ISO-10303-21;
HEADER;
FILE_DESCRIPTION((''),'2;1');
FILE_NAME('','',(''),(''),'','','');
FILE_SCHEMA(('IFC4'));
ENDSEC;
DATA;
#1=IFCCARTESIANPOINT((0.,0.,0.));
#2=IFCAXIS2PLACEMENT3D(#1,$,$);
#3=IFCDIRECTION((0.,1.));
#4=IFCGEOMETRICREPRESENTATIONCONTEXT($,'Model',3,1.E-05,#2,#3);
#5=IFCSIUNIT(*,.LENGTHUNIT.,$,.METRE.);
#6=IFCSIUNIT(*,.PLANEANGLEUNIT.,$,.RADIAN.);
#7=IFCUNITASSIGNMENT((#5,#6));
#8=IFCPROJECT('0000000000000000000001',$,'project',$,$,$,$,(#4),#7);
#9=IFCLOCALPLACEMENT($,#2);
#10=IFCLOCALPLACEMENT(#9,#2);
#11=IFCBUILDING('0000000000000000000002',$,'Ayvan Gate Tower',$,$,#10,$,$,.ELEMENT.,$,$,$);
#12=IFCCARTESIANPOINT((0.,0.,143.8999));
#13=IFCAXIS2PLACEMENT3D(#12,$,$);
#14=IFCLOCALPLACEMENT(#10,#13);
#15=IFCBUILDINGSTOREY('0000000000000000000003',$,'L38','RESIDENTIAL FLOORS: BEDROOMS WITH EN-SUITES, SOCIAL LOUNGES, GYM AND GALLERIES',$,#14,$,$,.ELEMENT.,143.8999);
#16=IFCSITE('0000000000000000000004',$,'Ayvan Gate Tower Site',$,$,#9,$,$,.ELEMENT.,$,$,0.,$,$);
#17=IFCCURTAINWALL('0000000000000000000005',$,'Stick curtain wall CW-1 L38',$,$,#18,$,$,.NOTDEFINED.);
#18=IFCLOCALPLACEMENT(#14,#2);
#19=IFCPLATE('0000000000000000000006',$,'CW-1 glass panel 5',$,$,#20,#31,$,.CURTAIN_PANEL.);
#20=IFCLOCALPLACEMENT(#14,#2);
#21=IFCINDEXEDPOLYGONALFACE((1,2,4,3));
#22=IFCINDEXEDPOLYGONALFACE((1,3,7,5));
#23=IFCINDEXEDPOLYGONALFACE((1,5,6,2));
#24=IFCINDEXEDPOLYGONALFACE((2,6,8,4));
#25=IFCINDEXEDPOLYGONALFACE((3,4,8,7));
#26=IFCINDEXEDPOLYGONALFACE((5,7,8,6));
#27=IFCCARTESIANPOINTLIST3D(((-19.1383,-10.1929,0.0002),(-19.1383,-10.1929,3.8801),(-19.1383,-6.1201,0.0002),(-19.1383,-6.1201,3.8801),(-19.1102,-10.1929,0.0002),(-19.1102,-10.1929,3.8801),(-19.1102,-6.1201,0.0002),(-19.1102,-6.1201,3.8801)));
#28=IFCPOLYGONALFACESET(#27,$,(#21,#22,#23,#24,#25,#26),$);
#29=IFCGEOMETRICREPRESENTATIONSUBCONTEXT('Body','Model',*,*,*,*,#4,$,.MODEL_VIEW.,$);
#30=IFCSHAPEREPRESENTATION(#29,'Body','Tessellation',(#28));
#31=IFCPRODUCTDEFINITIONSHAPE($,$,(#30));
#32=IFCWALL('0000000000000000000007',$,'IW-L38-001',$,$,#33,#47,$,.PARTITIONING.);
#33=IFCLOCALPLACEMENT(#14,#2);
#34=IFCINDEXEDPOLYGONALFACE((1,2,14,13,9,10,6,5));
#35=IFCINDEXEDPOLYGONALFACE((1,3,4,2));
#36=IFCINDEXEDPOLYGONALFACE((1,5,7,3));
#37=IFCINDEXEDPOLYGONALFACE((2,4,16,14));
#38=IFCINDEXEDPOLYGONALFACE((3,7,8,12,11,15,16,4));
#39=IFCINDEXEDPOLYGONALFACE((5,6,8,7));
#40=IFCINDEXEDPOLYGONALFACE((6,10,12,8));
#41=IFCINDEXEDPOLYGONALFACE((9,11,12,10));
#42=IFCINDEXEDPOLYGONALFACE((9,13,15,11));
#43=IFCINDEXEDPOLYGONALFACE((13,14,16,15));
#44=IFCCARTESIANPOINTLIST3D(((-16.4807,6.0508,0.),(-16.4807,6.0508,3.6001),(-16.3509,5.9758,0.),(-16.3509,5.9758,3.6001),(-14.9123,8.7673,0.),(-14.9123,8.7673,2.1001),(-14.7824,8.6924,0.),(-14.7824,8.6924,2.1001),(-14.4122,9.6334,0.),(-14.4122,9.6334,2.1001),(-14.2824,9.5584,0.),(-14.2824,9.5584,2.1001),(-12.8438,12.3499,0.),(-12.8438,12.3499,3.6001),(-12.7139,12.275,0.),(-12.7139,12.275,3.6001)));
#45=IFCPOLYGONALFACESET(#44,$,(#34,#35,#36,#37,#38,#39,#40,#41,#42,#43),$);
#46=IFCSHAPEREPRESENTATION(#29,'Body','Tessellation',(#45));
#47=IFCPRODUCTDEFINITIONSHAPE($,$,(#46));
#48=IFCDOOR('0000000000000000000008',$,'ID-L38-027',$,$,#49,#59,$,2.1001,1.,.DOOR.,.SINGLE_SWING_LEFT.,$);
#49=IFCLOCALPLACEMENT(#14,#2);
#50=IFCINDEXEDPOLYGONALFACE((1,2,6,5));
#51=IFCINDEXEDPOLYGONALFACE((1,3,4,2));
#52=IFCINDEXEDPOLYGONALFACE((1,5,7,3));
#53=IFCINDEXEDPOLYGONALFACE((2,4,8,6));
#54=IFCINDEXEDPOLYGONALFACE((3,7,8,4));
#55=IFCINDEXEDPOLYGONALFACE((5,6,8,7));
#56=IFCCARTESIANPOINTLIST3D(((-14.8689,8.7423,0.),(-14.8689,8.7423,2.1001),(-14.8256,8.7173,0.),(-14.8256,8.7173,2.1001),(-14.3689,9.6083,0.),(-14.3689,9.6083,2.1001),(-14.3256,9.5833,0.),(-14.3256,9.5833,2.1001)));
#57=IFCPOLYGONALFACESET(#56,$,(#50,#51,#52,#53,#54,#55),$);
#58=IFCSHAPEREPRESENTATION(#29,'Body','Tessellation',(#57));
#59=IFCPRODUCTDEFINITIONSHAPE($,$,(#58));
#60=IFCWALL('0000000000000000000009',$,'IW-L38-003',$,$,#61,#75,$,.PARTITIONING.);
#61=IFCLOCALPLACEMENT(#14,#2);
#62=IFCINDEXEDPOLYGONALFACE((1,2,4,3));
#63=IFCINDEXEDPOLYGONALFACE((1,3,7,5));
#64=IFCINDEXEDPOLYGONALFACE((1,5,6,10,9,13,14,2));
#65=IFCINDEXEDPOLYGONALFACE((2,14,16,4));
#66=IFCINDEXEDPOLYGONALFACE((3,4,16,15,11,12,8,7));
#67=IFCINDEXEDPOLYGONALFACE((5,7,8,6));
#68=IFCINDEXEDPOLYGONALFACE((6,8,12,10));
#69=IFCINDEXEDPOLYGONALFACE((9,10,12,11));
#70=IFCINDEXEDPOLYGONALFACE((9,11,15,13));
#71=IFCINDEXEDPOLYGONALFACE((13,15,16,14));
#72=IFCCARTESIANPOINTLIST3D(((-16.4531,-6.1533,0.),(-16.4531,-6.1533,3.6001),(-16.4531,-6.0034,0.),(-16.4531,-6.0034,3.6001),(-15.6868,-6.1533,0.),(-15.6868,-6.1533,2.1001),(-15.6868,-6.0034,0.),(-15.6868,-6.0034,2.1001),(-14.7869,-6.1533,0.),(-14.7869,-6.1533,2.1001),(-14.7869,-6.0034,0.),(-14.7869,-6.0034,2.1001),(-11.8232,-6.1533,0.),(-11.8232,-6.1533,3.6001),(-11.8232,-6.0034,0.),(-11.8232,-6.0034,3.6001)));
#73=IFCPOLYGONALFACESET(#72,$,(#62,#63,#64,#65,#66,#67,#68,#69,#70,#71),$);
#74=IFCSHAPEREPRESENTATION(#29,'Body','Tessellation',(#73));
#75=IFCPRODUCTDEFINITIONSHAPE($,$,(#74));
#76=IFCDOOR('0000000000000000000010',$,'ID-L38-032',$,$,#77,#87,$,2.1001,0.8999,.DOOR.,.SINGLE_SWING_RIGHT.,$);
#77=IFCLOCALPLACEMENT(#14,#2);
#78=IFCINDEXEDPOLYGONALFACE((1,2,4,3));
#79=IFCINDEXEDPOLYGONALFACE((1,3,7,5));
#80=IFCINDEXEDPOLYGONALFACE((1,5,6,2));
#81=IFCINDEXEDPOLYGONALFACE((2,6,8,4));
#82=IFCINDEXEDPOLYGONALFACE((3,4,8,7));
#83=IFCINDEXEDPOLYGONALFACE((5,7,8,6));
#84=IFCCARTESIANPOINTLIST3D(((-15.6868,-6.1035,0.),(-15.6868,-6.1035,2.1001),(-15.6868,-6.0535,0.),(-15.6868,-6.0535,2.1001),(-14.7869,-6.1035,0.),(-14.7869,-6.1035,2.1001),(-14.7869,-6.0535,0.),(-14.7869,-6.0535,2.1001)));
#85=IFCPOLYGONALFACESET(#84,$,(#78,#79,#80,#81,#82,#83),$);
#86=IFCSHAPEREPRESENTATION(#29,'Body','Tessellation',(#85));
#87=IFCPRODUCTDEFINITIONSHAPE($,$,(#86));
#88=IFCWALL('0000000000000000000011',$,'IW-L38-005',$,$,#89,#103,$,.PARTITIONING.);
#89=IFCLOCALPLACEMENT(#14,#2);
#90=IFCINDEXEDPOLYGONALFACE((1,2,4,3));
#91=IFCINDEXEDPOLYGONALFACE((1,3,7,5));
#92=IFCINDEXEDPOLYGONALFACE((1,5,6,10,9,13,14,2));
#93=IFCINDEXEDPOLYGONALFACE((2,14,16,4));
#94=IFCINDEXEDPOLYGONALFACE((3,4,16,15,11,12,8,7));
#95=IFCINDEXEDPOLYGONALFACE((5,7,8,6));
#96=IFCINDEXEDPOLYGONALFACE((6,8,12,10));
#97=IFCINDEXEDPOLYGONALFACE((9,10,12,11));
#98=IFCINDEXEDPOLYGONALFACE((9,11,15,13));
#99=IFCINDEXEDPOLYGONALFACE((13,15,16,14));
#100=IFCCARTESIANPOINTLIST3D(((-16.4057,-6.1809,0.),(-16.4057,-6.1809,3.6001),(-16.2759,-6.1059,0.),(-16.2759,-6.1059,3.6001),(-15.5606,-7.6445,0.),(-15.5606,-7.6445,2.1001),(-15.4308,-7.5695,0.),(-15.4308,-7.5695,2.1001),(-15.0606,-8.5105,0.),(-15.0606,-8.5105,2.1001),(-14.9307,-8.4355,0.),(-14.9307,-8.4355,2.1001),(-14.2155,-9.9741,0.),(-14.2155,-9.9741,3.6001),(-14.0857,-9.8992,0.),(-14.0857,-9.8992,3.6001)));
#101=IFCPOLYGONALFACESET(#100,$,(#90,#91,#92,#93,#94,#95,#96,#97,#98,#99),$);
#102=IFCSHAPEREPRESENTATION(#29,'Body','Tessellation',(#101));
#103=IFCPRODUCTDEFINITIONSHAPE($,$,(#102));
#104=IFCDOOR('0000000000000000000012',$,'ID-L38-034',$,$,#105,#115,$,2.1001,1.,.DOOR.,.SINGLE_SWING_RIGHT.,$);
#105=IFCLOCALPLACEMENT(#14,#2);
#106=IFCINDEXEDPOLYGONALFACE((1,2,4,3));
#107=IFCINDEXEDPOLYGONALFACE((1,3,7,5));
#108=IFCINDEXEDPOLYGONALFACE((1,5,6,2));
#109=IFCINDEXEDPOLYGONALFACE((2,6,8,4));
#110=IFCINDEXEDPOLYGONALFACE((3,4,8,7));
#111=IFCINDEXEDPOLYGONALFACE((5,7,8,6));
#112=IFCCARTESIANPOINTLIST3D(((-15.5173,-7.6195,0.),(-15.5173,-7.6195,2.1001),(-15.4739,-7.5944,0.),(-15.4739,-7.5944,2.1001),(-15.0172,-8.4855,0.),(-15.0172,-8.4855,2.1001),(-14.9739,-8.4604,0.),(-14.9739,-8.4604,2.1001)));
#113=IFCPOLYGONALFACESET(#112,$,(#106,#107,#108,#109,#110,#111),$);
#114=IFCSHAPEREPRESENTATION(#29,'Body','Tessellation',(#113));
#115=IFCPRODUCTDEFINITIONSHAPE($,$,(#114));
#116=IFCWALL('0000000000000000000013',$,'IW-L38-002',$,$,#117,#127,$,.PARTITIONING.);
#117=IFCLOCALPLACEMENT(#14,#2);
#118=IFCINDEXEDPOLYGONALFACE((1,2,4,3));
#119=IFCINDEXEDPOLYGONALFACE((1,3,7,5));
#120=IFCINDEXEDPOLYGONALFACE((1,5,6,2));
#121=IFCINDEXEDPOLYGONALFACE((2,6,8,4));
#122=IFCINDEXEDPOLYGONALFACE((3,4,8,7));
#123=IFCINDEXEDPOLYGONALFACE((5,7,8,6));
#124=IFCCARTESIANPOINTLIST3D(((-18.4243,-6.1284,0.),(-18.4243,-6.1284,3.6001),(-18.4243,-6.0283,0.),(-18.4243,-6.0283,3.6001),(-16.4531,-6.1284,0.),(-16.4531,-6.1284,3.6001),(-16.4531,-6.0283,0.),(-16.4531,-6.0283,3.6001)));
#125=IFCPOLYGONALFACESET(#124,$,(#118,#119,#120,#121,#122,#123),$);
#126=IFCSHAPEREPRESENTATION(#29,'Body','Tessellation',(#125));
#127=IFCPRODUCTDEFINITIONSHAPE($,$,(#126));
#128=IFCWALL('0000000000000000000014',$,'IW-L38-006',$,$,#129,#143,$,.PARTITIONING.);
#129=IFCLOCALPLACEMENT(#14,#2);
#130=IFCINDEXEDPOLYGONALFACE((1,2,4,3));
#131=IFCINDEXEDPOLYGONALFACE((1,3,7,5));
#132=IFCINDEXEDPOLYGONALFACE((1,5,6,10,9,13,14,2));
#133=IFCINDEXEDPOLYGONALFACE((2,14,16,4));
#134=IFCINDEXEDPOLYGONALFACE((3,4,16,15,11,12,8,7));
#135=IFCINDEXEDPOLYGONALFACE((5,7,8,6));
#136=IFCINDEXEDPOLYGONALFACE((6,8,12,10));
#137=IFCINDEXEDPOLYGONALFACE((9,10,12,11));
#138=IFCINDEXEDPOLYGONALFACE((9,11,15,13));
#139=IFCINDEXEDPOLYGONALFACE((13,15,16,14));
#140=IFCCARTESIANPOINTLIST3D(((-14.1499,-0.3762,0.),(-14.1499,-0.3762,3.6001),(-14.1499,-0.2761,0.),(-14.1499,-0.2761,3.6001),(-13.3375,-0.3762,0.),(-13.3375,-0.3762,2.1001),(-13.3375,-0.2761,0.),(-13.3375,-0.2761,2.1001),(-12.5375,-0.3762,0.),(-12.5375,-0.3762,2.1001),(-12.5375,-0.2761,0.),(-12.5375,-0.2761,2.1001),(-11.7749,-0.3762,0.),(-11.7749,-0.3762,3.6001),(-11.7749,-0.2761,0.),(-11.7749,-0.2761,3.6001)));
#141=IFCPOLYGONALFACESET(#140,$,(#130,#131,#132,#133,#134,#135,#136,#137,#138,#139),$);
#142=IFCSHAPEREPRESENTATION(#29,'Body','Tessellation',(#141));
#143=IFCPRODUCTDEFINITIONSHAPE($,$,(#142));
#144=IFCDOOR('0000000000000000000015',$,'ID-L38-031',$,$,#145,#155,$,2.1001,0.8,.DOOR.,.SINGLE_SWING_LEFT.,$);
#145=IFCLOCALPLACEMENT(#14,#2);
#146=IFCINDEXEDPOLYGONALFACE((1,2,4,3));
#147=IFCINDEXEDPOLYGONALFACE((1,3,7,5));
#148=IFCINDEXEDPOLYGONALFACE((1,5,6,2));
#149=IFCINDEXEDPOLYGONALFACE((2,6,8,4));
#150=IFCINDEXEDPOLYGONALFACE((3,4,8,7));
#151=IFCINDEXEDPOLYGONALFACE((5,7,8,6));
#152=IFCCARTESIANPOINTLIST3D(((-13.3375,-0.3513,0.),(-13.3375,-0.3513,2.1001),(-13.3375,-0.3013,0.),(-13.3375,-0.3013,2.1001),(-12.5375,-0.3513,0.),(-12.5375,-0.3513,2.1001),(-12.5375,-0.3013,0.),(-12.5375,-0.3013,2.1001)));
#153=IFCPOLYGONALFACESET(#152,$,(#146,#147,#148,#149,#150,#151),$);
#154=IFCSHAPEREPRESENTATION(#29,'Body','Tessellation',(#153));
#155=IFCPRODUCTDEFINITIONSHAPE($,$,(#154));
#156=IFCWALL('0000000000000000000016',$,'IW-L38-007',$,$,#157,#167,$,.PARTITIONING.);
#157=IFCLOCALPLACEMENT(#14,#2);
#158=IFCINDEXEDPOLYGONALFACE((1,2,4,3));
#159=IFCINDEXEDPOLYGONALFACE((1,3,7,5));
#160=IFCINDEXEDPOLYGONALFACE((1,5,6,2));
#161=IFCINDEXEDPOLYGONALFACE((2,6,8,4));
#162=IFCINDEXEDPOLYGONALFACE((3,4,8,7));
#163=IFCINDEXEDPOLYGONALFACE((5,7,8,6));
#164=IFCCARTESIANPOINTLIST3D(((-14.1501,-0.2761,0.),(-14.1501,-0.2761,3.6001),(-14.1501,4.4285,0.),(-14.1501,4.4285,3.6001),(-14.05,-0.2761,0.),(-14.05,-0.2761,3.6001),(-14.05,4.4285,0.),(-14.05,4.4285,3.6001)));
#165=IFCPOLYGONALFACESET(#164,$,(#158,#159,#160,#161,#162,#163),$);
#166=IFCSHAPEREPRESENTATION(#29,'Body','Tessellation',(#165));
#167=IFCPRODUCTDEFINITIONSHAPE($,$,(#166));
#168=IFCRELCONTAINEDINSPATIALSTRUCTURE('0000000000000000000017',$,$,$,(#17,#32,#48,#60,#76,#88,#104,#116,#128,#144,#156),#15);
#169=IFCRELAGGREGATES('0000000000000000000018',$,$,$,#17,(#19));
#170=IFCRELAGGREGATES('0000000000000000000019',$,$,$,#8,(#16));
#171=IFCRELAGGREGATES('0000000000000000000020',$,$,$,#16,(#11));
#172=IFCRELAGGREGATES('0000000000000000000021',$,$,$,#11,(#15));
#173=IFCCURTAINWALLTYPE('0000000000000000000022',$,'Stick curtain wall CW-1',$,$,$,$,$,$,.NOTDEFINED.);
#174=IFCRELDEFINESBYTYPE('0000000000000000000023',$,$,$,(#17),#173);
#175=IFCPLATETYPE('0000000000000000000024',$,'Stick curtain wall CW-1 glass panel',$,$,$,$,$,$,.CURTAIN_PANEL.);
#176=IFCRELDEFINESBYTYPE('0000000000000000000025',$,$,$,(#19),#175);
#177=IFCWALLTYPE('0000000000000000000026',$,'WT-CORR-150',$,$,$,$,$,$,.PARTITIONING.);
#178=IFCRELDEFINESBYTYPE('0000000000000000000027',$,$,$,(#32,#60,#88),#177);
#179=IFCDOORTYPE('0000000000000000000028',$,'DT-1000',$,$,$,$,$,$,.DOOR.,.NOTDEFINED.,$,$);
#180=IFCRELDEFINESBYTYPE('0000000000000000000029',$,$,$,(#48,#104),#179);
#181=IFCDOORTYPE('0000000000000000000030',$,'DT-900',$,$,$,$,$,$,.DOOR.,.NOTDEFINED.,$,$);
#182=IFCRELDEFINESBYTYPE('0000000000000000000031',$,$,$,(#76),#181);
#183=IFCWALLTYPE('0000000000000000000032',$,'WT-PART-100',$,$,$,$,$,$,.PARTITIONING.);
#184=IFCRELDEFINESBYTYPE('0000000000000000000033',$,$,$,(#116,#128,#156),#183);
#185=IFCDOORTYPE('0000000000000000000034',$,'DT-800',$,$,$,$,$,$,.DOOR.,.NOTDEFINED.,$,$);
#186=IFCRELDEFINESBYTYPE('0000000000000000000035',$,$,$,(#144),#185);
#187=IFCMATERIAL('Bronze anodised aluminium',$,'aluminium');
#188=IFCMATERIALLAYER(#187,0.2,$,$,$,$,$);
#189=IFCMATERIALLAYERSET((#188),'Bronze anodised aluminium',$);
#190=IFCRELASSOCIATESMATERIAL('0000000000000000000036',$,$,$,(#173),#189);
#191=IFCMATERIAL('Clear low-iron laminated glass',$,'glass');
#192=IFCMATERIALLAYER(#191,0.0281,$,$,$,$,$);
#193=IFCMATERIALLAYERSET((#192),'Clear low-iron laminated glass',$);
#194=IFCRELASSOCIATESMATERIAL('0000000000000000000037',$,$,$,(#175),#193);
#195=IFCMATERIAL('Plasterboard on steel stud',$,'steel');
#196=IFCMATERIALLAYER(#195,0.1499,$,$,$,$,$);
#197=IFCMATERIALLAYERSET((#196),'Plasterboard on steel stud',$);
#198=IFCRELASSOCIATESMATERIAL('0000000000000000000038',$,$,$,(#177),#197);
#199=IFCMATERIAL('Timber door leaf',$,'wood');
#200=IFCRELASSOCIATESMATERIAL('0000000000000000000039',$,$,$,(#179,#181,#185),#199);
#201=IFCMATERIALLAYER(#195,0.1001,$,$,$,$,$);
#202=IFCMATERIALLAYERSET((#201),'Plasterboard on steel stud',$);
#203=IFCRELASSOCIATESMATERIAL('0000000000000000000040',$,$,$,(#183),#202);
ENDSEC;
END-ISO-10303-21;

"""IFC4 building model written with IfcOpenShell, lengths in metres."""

from ifc_helpers import new_model, si_unit, direction, frame, frame_2d, origin, origin_2d, place, context, subcontext, project, spatial, rectangle, extrude, material, layer, layer_set, type_object, element, fill, aggregate, save


model = new_model("IFC4")

# Units and contexts
model_context = context("Model", 3, precision=1e-05, world=origin(), true_north=direction((0.0, 1.0)))
body_context = subcontext(model_context, "Body", "Model", "MODEL_VIEW")
ifc_project = project(units=[si_unit("LENGTHUNIT", "METRE"), si_unit("PLANEANGLEUNIT", "RADIAN")], contexts=[model_context])

# Site, building, storey
site_placement = place(None, origin())
site = spatial("IfcSite", under=ifc_project, at=site_placement, Name="Ayvan Gate Tower Site", CompositionType="ELEMENT", RefElevation=0.0)
building_placement = place(site_placement, origin())
building = spatial("IfcBuilding", under=site, at=building_placement, Name="Ayvan Gate Tower", CompositionType="ELEMENT")
storey_placement = place(building_placement, frame((0.0, 0.0, 143.8999)))
storey = spatial("IfcBuildingStorey", under=building, at=storey_placement, Name="L38", Description="RESIDENTIAL FLOORS: BEDROOMS WITH EN-SUITES, SOCIAL LOUNGES, GYM AND GALLERIES", CompositionType="ELEMENT", Elevation=143.8999)

# Curtain wall
ifc_material_1 = material(Name="Bronze anodised aluminium", Category="aluminium")
ifc_layer_1 = layer(ifc_material_1, 0.2)
ifc_layer_set_1 = layer_set([ifc_layer_1], Name="Bronze anodised aluminium")
curtain_wall_type_1 = type_object("IfcCurtainWallType", Name="Stick curtain wall CW-1", PredefinedType="NOTDEFINED", material=ifc_layer_set_1)
curtain_wall_1_placement = place(storey_placement, origin())
curtain_wall_1 = element("IfcCurtainWall", 1, at=curtain_wall_1_placement, inside=storey, type_object=curtain_wall_type_1, Name="Stick curtain wall CW-1 L38", PredefinedType="NOTDEFINED")

# Plate
ifc_material_2 = material(Name="Clear low-iron laminated glass", Category="glass")
ifc_layer_2 = layer(ifc_material_2, 0.0281)
ifc_layer_set_2 = layer_set([ifc_layer_2], Name="Clear low-iron laminated glass")
plate_type = type_object("IfcPlateType", Name="Stick curtain wall CW-1 glass panel", PredefinedType="CURTAIN_PANEL", material=ifc_layer_set_2)
plate_1_placement = place(storey_placement, frame((-19.1243, -8.1565, 0.0002), z_axis=(0.0, 0.0, 1.0), x_axis=(0.0, -1.0, 0.0)))
plate_1 = element("IfcPlate", 2, at=plate_1_placement, type_object=plate_type, Name="CW-1 glass panel 5", PredefinedType="CURTAIN_PANEL", context=body_context, shape_type="SweptSolid", body=[
    extrude(rectangle(XDim=4.0728, YDim=0.0281, at=origin_2d()), origin(), (0.0, 0.0, 1.0), 3.8799),
])
aggregate(curtain_wall_1, [plate_1])

# Walls, openings, doors
ifc_material_3 = material(Name="Plasterboard on steel stud", Category="steel")
ifc_layer_3 = layer(ifc_material_3, 0.1499)
ifc_layer_set_3 = layer_set([ifc_layer_3], Name="Plasterboard on steel stud")
wall_type_1 = type_object("IfcWallType", Name="WT-CORR-150", PredefinedType="PARTITIONING", material=ifc_layer_set_3)
wall_1_placement = place(storey_placement, frame((-16.4158, 6.0134, 0.0), z_axis=(0.0, 0.0, 1.0), x_axis=(0.50002, 0.866014, 0.0)))
wall_1 = element("IfcWall", 3, at=wall_1_placement, inside=storey, type_object=wall_type_1, Name="IW-L38-001", PredefinedType="PARTITIONING", context=body_context, shape_type="SweptSolid", body=[
    extrude(rectangle(XDim=7.2737, YDim=0.1499, at=frame_2d((3.6367, 0.0))), origin(), (0.0, 0.0, 1.0), 3.6001),
])
opening_1_placement = place(wall_1_placement, frame((3.1367, 0.0, 0.0)))
opening_1 = element("IfcOpeningElement", 4, at=opening_1_placement, cuts=wall_1, PredefinedType="OPENING", context=body_context, shape_type="SweptSolid", body=[
    extrude(rectangle(XDim=1.0, YDim=2.1001, at=frame_2d((0.5, 1.05))), frame((0.0, 0.085, 0.0), z_axis=(0.0, -1.0, 0.0), x_axis=(1.0, 0.0, 0.0)), (0.0, 0.0, 1.0), 0.1699),
])
ifc_material_4 = material(Name="Timber door leaf", Category="wood")
door_type_1 = type_object("IfcDoorType", Name="DT-1000", OperationType="NOTDEFINED", PredefinedType="DOOR", material=ifc_material_4)
door_1_placement = place(opening_1_placement, origin())
door_1 = element("IfcDoor", 5, at=door_1_placement, inside=storey, type_object=door_type_1, Name="ID-L38-027", OperationType="SINGLE_SWING_LEFT", OverallHeight=2.1001, OverallWidth=1.0, PredefinedType="DOOR", context=body_context, shape_type="SweptSolid", body=[
    extrude(rectangle(XDim=1.0, YDim=2.1001, at=frame_2d((0.5, 1.05))), frame((0.0, 0.0249, 0.0), z_axis=(0.0, -1.0, 0.0), x_axis=(1.0, 0.0, 0.0)), (0.0, 0.0, 1.0), 0.05),
])
fill(opening_1, door_1)
wall_2_placement = place(storey_placement, frame((-16.4531, -6.0784, 0.0), z_axis=(0.0, 0.0, 1.0), x_axis=(1.0, 0.0, 0.0)))
wall_2 = element("IfcWall", 6, at=wall_2_placement, inside=storey, type_object=wall_type_1, Name="IW-L38-003", PredefinedType="PARTITIONING", context=body_context, shape_type="SweptSolid", body=[
    extrude(rectangle(XDim=4.6299, YDim=0.1499, at=frame_2d((2.3149, 0.0))), origin(), (0.0, 0.0, 1.0), 3.6001),
])
opening_2_placement = place(wall_2_placement, frame((0.7664, 0.0, 0.0)))
opening_2 = element("IfcOpeningElement", 7, at=opening_2_placement, cuts=wall_2, PredefinedType="OPENING", context=body_context, shape_type="SweptSolid", body=[
    extrude(rectangle(XDim=0.8999, YDim=2.1001, at=frame_2d((0.45, 1.05))), frame((0.0, 0.085, 0.0), z_axis=(0.0, -1.0, 0.0), x_axis=(1.0, 0.0, 0.0)), (0.0, 0.0, 1.0), 0.1699),
])
door_type_2 = type_object("IfcDoorType", Name="DT-900", OperationType="NOTDEFINED", PredefinedType="DOOR", material=ifc_material_4)
door_2_placement = place(opening_2_placement, origin())
door_2 = element("IfcDoor", 8, at=door_2_placement, inside=storey, type_object=door_type_2, Name="ID-L38-032", OperationType="SINGLE_SWING_RIGHT", OverallHeight=2.1001, OverallWidth=0.8999, PredefinedType="DOOR", context=body_context, shape_type="SweptSolid", body=[
    extrude(rectangle(XDim=0.8999, YDim=2.1001, at=frame_2d((0.45, 1.05))), frame((0.0, 0.0249, 0.0), z_axis=(0.0, -1.0, 0.0), x_axis=(1.0, 0.0, 0.0)), (0.0, 0.0, 1.0), 0.05),
])
fill(opening_2, door_2)
wall_3_placement = place(storey_placement, frame((-14.1506, -9.9365, 0.0), z_axis=(0.0, 0.0, 1.0), x_axis=(-0.50003, 0.866008, 0.0)))
wall_3 = element("IfcWall", 9, at=wall_3_placement, inside=storey, type_object=wall_type_1, Name="IW-L38-005", PredefinedType="PARTITIONING", context=body_context, shape_type="SweptSolid", body=[
    extrude(rectangle(XDim=4.3801, YDim=0.1499, at=frame_2d((2.1899, 0.0))), origin(), (0.0, 0.0, 1.0), 3.6001),
])
opening_3_placement = place(wall_3_placement, frame((1.6899, 0.0, 0.0)))
opening_3 = element("IfcOpeningElement", 10, at=opening_3_placement, cuts=wall_3, PredefinedType="OPENING", context=body_context, shape_type="SweptSolid", body=[
    extrude(rectangle(XDim=1.0, YDim=2.1001, at=frame_2d((0.5, 1.05))), frame((0.0, 0.085, 0.0), z_axis=(0.0, -1.0, 0.0), x_axis=(1.0, 0.0, 0.0)), (0.0, 0.0, 1.0), 0.1699),
])
door_3_placement = place(opening_3_placement, origin())
door_3 = element("IfcDoor", 11, at=door_3_placement, inside=storey, type_object=door_type_1, Name="ID-L38-034", OperationType="SINGLE_SWING_RIGHT", OverallHeight=2.1001, OverallWidth=1.0, PredefinedType="DOOR", context=body_context, shape_type="SweptSolid", body=[
    extrude(rectangle(XDim=1.0, YDim=2.1001, at=frame_2d((0.5, 1.05))), frame((0.0, 0.0249, 0.0), z_axis=(0.0, -1.0, 0.0), x_axis=(1.0, 0.0, 0.0)), (0.0, 0.0, 1.0), 0.05),
])
fill(opening_3, door_3)

# Wall
ifc_layer_4 = layer(ifc_material_3, 0.1001)
ifc_layer_set_4 = layer_set([ifc_layer_4], Name="Plasterboard on steel stud")
wall_type_2 = type_object("IfcWallType", Name="WT-PART-100", PredefinedType="PARTITIONING", material=ifc_layer_set_4)
wall_4_placement = place(storey_placement, frame((-16.4531, -6.0784, 0.0), z_axis=(0.0, 0.0, 1.0), x_axis=(-1.0, 0.0, 0.0)))
element("IfcWall", 12, at=wall_4_placement, inside=storey, type_object=wall_type_2, Name="IW-L38-002", PredefinedType="PARTITIONING", context=body_context, shape_type="SweptSolid", body=[
    extrude(rectangle(XDim=1.9712, YDim=0.1001, at=frame_2d((0.9856, 0.0))), origin(), (0.0, 0.0, 1.0), 3.6001),
])

# Wall, opening, door
wall_5_placement = place(storey_placement, frame((-14.1499, -0.3262, 0.0), z_axis=(0.0, 0.0, 1.0), x_axis=(1.0, 0.0, 0.0)))
wall_5 = element("IfcWall", 13, at=wall_5_placement, inside=storey, type_object=wall_type_2, Name="IW-L38-006", PredefinedType="PARTITIONING", context=body_context, shape_type="SweptSolid", body=[
    extrude(rectangle(XDim=2.375, YDim=0.1001, at=frame_2d((1.1875, 0.0))), origin(), (0.0, 0.0, 1.0), 3.6001),
])
opening_4_placement = place(wall_5_placement, frame((0.8125, 0.0, 0.0)))
opening_4 = element("IfcOpeningElement", 14, at=opening_4_placement, cuts=wall_5, PredefinedType="OPENING", context=body_context, shape_type="SweptSolid", body=[
    extrude(rectangle(XDim=0.8, YDim=2.1001, at=frame_2d((0.3999, 1.05))), frame((0.0, 0.0601, 0.0), z_axis=(0.0, -1.0, 0.0), x_axis=(1.0, 0.0, 0.0)), (0.0, 0.0, 1.0), 0.1201),
])
door_type_3 = type_object("IfcDoorType", Name="DT-800", OperationType="NOTDEFINED", PredefinedType="DOOR", material=ifc_material_4)
door_4_placement = place(opening_4_placement, origin())
door_4 = element("IfcDoor", 15, at=door_4_placement, inside=storey, type_object=door_type_3, Name="ID-L38-031", OperationType="SINGLE_SWING_LEFT", OverallHeight=2.1001, OverallWidth=0.8, PredefinedType="DOOR", context=body_context, shape_type="SweptSolid", body=[
    extrude(rectangle(XDim=0.8, YDim=2.1001, at=frame_2d((0.3999, 1.05))), frame((0.0, 0.0249, 0.0), z_axis=(0.0, -1.0, 0.0), x_axis=(1.0, 0.0, 0.0)), (0.0, 0.0, 1.0), 0.05),
])
fill(opening_4, door_4)

# Wall
wall_6_placement = place(storey_placement, frame((-14.1001, -0.2761, 0.0), z_axis=(0.0, 0.0, 1.0), x_axis=(0.0, 1.0, 0.0)))
element("IfcWall", 16, at=wall_6_placement, inside=storey, type_object=wall_type_2, Name="IW-L38-007", PredefinedType="PARTITIONING", context=body_context, shape_type="SweptSolid", body=[
    extrude(rectangle(XDim=4.7046, YDim=0.1001, at=frame_2d((2.3523, 0.0))), origin(), (0.0, 0.0, 1.0), 3.6001),
])

save(model, "model.ifc")
